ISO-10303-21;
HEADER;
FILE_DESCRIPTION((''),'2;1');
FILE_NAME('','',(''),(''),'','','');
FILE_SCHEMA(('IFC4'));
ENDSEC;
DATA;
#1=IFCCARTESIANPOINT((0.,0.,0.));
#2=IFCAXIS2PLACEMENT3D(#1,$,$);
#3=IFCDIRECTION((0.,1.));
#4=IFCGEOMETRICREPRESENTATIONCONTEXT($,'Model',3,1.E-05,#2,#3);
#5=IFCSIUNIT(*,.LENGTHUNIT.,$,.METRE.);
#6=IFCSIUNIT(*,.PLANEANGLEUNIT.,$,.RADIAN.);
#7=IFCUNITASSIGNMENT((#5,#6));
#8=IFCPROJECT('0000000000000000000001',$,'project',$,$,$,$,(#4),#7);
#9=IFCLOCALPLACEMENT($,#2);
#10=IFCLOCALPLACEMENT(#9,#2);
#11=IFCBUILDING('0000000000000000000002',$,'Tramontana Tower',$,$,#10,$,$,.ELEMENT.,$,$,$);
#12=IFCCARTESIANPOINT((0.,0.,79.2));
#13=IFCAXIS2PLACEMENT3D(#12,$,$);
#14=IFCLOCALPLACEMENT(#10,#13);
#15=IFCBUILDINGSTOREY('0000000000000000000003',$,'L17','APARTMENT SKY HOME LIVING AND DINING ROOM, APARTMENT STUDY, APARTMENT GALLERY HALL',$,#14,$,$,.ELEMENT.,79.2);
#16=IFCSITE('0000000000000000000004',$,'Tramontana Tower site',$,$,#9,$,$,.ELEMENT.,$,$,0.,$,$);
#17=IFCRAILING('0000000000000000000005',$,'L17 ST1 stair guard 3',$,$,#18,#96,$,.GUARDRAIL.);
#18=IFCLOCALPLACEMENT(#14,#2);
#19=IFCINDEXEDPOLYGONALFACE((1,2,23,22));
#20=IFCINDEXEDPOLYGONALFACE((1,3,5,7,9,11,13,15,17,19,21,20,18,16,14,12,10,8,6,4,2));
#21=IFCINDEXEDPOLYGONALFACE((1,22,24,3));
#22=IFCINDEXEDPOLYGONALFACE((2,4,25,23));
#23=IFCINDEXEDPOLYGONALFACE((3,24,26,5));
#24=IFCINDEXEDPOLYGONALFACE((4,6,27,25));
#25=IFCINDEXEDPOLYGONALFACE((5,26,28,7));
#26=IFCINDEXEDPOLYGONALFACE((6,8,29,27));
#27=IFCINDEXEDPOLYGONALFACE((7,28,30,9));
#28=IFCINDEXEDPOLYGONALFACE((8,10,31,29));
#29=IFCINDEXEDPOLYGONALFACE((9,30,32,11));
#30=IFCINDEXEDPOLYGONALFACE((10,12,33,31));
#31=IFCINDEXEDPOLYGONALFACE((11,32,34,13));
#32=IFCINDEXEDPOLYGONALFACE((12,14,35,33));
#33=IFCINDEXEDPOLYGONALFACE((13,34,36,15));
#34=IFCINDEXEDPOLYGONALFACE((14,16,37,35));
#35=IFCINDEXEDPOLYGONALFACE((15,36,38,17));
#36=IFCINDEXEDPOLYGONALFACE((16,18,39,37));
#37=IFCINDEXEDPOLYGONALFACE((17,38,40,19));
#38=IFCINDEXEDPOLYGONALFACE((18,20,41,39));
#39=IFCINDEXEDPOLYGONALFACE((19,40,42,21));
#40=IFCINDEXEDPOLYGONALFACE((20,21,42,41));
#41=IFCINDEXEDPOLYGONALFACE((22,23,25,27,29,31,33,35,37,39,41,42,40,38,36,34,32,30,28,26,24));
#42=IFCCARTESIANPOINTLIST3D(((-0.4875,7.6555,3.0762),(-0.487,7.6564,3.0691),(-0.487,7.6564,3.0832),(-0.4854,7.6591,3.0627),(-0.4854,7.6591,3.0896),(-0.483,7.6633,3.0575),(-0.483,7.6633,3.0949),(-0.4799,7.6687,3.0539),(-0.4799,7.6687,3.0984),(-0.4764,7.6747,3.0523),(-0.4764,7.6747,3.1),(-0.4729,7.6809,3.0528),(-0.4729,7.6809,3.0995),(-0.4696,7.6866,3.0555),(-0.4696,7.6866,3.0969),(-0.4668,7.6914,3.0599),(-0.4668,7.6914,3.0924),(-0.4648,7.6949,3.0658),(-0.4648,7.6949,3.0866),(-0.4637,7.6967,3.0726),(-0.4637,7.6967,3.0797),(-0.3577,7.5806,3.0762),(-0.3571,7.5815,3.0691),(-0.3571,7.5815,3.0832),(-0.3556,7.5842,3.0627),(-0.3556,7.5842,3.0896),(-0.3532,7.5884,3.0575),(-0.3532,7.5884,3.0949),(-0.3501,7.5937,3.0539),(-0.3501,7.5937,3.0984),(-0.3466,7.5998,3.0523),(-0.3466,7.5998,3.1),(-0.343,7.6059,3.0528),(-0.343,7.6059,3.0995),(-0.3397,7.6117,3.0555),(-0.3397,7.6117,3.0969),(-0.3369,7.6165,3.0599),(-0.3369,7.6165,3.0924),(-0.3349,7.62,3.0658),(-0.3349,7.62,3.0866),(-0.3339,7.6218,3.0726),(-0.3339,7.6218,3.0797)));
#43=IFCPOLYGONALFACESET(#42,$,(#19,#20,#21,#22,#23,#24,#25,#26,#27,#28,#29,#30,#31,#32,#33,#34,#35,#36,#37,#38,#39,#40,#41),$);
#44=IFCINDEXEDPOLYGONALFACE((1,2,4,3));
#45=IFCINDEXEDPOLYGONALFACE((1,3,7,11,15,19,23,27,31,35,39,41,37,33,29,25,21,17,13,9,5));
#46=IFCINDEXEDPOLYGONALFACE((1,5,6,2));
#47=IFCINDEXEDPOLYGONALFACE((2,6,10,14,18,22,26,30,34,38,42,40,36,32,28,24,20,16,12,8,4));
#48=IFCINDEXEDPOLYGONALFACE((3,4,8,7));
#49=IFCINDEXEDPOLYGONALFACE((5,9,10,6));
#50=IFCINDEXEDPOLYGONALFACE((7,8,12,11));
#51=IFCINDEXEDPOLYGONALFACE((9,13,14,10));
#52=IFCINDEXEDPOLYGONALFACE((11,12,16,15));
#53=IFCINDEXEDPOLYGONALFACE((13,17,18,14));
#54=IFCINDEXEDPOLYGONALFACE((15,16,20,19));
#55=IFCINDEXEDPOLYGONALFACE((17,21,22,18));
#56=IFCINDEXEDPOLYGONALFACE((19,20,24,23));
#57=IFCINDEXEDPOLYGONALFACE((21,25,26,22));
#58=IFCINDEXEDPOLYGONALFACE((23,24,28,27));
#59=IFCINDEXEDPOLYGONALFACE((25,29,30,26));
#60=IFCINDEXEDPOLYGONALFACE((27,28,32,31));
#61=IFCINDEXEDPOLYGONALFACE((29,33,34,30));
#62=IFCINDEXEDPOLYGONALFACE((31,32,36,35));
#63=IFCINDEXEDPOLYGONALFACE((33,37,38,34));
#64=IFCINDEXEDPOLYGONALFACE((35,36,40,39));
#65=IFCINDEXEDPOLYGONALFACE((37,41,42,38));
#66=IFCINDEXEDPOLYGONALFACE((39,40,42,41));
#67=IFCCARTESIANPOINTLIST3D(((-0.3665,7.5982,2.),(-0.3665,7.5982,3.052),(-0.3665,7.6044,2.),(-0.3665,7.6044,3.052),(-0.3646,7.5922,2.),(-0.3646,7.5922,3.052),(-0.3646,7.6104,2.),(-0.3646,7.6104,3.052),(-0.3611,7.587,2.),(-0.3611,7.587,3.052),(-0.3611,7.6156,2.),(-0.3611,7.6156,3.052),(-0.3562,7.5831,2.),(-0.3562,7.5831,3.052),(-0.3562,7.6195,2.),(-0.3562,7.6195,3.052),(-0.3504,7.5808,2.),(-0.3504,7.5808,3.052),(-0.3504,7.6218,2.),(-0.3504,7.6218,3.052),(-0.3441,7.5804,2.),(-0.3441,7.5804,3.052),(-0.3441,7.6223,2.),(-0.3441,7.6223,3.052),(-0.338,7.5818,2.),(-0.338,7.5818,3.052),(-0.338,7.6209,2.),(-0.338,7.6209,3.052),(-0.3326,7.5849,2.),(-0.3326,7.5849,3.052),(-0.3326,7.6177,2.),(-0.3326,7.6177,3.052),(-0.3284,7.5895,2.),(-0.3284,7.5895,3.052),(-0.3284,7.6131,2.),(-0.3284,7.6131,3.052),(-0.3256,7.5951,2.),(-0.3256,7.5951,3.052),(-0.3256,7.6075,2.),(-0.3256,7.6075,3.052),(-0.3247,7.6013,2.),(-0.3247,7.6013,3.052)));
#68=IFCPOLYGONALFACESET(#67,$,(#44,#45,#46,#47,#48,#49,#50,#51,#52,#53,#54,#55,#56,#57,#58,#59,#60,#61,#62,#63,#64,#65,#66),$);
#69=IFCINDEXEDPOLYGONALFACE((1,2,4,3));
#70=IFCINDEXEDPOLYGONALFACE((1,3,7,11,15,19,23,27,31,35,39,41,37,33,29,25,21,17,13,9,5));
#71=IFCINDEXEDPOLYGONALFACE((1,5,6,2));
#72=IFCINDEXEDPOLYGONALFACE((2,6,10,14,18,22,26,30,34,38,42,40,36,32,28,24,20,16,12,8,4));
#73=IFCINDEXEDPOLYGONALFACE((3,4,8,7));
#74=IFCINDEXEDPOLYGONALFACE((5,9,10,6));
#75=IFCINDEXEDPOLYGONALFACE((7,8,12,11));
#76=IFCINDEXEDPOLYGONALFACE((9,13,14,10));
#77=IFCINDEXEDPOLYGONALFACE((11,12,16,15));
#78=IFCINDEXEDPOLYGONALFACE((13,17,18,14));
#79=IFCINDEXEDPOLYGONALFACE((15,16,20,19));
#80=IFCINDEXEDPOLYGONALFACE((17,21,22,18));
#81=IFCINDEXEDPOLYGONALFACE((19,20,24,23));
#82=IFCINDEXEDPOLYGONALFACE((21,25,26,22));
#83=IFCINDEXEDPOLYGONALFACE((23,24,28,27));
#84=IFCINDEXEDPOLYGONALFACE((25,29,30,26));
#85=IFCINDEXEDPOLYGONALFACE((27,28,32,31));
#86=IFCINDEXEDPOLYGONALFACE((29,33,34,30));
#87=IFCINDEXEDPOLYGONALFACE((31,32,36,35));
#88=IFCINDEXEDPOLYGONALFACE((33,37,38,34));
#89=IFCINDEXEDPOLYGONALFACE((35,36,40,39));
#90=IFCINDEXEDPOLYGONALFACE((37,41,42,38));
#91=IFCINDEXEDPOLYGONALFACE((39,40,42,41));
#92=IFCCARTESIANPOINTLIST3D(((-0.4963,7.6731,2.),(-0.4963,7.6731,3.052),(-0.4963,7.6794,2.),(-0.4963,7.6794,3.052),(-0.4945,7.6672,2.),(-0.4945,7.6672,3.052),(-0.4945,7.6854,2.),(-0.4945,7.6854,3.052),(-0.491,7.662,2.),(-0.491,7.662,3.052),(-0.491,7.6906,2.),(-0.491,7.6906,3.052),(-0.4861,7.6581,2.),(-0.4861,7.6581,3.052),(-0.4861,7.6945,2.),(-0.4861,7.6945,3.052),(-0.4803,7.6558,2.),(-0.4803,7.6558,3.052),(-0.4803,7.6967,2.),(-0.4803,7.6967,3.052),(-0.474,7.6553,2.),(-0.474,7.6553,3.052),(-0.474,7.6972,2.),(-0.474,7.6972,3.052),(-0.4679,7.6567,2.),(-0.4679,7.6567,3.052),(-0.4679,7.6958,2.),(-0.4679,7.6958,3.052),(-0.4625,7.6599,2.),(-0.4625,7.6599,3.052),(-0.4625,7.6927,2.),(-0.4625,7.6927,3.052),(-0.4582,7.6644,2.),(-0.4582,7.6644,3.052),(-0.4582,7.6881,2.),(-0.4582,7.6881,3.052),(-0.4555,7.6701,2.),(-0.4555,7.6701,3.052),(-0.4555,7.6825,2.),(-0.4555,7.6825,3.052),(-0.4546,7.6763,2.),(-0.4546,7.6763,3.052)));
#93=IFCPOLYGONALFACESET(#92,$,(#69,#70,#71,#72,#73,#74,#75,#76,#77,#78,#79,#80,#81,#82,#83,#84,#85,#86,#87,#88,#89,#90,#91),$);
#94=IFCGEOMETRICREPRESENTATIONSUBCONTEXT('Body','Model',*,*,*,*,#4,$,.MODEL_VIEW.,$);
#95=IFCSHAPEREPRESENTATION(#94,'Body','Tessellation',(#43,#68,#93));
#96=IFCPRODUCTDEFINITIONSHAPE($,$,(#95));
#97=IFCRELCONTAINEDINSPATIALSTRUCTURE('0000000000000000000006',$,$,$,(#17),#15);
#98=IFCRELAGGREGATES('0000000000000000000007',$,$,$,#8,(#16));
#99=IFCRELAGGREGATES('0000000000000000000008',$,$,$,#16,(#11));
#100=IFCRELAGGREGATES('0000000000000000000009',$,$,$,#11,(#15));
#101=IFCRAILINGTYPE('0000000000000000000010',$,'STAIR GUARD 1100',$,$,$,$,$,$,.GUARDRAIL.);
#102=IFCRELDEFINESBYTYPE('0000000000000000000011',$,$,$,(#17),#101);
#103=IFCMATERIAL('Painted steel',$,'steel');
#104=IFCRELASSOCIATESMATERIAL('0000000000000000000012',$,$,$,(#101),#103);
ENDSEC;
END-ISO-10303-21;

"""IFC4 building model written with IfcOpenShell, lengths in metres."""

from ifc_helpers import new_model, si_unit, direction, frame, origin, origin_2d, place, context, subcontext, project, spatial, circle, extrude, material, type_object, element, save


model = new_model("IFC4")

# Units and contexts
model_context = context("Model", 3, precision=1e-05, world=origin(), true_north=direction((0.0, 1.0)))
body_context = subcontext(model_context, "Body", "Model", "MODEL_VIEW")
ifc_project = project(units=[si_unit("LENGTHUNIT", "METRE"), si_unit("PLANEANGLEUNIT", "RADIAN")], contexts=[model_context])

# Site, building, storey
site_placement = place(None, origin())
site = spatial("IfcSite", under=ifc_project, at=site_placement, Name="Tramontana Tower site", CompositionType="ELEMENT", RefElevation=0.0)
building_placement = place(site_placement, origin())
building = spatial("IfcBuilding", under=site, at=building_placement, Name="Tramontana Tower", CompositionType="ELEMENT")
storey_placement = place(building_placement, frame((0.0, 0.0, 79.2)))
storey = spatial("IfcBuildingStorey", under=building, at=storey_placement, Name="L17", Description="APARTMENT SKY HOME LIVING AND DINING ROOM, APARTMENT STUDY, APARTMENT GALLERY HALL", CompositionType="ELEMENT", Elevation=79.2)

# Railing
ifc_material_1 = material(Name="Painted steel", Category="steel")
railing_type_1 = type_object("IfcRailingType", Name="STAIR GUARD 1100", PredefinedType="GUARDRAIL", material=ifc_material_1)
railing_1_placement = place(storey_placement, frame((-0.3457, 7.6013, 2.0)))
element("IfcRailing", 1, at=railing_1_placement, inside=storey, type_object=railing_type_1, Name="L17 ST1 stair guard 3", PredefinedType="GUARDRAIL", context=body_context, shape_type="SweptSolid", body=[
    extrude(circle(Radius=0.0239, at=origin_2d()), frame((0.0, 0.0, 1.0762), z_axis=(-0.866131, 0.499816, 0.0), x_axis=(-0.499816, -0.866131, 0.0)), (0.0, 0.0, 1.0), 0.1499),
    extrude(circle(Radius=0.021, at=origin_2d()), origin(), (0.0, 0.0, 1.0), 1.052),
    extrude(circle(Radius=0.021, at=origin_2d()), frame((-0.1299, 0.075, 0.0)), (0.0, 0.0, 1.0), 1.052),
])

save(model, "model.ifc")
